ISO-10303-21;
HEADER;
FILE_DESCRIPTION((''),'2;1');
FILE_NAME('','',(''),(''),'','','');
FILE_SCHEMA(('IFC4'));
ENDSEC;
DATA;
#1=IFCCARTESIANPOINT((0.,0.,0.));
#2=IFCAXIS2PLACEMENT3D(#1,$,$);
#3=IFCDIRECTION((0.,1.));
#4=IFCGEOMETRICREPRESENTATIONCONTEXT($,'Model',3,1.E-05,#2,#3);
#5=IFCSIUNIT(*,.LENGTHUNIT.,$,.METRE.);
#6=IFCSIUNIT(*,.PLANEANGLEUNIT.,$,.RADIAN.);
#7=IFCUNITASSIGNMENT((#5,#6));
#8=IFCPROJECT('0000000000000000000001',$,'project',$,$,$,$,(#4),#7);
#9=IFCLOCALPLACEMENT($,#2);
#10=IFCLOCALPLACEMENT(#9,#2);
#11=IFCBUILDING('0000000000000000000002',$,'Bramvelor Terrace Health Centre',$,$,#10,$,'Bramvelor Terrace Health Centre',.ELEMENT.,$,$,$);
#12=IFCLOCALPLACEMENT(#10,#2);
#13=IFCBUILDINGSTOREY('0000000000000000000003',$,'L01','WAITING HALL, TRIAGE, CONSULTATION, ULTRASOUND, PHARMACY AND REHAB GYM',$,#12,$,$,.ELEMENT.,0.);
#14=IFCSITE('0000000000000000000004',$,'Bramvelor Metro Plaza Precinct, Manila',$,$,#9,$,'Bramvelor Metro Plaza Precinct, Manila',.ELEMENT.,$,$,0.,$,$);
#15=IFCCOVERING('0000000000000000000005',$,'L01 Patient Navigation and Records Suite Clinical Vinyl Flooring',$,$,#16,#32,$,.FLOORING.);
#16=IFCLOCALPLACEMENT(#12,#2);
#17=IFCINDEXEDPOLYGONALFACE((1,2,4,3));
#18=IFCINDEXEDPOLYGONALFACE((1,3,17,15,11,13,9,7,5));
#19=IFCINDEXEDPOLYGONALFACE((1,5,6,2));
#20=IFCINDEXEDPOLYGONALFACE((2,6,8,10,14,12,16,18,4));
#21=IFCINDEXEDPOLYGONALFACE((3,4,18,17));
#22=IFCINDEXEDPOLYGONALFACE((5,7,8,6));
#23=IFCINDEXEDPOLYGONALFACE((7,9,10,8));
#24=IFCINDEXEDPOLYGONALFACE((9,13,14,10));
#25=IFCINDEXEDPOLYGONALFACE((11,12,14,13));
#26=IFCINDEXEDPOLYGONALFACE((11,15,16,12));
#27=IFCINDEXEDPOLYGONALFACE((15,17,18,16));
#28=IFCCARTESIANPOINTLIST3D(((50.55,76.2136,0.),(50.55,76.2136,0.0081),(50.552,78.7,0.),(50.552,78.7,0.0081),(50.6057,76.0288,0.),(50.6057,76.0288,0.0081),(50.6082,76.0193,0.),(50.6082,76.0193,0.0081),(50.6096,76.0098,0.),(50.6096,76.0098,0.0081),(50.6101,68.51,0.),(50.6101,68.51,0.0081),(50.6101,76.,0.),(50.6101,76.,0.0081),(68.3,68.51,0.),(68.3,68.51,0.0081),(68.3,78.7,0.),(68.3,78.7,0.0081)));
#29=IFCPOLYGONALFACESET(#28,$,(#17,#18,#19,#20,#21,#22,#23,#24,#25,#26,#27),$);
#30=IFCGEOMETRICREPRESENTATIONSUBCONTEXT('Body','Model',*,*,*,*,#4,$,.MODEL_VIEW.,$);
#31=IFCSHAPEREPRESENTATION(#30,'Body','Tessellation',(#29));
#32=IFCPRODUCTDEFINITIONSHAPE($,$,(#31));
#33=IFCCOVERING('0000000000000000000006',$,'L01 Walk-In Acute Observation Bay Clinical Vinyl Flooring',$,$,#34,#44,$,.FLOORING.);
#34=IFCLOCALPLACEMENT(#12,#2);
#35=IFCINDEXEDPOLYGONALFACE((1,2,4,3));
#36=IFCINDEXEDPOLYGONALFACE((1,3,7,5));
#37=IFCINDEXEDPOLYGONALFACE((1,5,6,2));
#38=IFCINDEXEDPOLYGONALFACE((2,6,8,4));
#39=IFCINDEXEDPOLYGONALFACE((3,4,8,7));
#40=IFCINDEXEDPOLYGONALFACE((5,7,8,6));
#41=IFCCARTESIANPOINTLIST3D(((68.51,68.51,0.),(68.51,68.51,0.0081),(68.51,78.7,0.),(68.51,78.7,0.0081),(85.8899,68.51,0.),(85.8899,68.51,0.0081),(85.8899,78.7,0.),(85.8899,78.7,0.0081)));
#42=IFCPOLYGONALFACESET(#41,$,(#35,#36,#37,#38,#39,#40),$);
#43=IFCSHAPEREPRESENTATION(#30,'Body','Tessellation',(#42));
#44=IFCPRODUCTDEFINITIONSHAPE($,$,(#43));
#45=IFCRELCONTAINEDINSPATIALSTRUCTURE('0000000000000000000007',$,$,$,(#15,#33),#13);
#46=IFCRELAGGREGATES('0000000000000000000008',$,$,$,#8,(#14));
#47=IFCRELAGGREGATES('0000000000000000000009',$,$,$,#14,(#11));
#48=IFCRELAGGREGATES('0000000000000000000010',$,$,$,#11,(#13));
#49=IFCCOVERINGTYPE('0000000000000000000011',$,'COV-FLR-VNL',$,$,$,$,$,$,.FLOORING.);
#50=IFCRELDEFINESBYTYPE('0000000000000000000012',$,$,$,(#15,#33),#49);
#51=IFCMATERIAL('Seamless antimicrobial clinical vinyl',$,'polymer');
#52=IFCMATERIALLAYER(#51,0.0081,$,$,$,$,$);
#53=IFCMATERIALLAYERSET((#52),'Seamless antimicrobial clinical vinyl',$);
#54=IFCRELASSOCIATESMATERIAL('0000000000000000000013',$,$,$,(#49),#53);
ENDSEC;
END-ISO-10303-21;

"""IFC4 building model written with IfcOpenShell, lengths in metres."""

from ifc_helpers import new_model, si_unit, direction, origin, place, context, subcontext, project, spatial, polyline, outline, extrude, material, layer, layer_set, type_object, element, save


model = new_model("IFC4")

# Units and contexts
model_context = context("Model", 3, precision=1e-05, world=origin(), true_north=direction((0.0, 1.0)))
body_context = subcontext(model_context, "Body", "Model", "MODEL_VIEW")
ifc_project = project(units=[si_unit("LENGTHUNIT", "METRE"), si_unit("PLANEANGLEUNIT", "RADIAN")], contexts=[model_context])

# Site, building, storey
site_placement = place(None, origin())
site = spatial("IfcSite", under=ifc_project, at=site_placement, Name="Bramvelor Metro Plaza Precinct, Manila", LongName="Bramvelor Metro Plaza Precinct, Manila", CompositionType="ELEMENT", RefElevation=0.0)
building_placement = place(site_placement, origin())
building = spatial("IfcBuilding", under=site, at=building_placement, Name="Bramvelor Terrace Health Centre", LongName="Bramvelor Terrace Health Centre", CompositionType="ELEMENT")
storey_placement = place(building_placement, origin())
storey = spatial("IfcBuildingStorey", under=building, at=storey_placement, Name="L01", Description="WAITING HALL, TRIAGE, CONSULTATION, ULTRASOUND, PHARMACY AND REHAB GYM", CompositionType="ELEMENT", Elevation=0.0)

# Coverings
ifc_material_1 = material(Name="Seamless antimicrobial clinical vinyl", Category="polymer")
ifc_layer_1 = layer(ifc_material_1, 0.0081)
ifc_layer_set_1 = layer_set([ifc_layer_1], Name="Seamless antimicrobial clinical vinyl")
covering_type_1 = type_object("IfcCoveringType", Name="COV-FLR-VNL", PredefinedType="FLOORING", material=ifc_layer_set_1)
covering_1_placement = place(storey_placement, origin())
element("IfcCovering", 1, at=covering_1_placement, inside=storey, type_object=covering_type_1, Name="L01 Patient Navigation and Records Suite Clinical Vinyl Flooring", PredefinedType="FLOORING", context=body_context, shape_type="SweptSolid", body=[
    extrude(outline(polyline([(68.3, 78.7), (68.3, 68.51), (50.6101, 68.51), (50.6101, 76.0), (50.6096, 76.0098), (50.6082, 76.0193), (50.6057, 76.0288), (50.55, 76.2136), (50.552, 78.7), (68.3, 78.7)])), origin(), (0.0, 0.0, 1.0), 0.0081),
])
covering_2_placement = place(storey_placement, origin())
element("IfcCovering", 2, at=covering_2_placement, inside=storey, type_object=covering_type_1, Name="L01 Walk-In Acute Observation Bay Clinical Vinyl Flooring", PredefinedType="FLOORING", context=body_context, shape_type="SweptSolid", body=[
    extrude(outline(polyline([(68.51, 78.7), (85.8899, 78.7), (85.8899, 68.51), (68.51, 68.51), (68.51, 78.7)])), origin(), (0.0, 0.0, 1.0), 0.0081),
])

save(model, "model.ifc")
